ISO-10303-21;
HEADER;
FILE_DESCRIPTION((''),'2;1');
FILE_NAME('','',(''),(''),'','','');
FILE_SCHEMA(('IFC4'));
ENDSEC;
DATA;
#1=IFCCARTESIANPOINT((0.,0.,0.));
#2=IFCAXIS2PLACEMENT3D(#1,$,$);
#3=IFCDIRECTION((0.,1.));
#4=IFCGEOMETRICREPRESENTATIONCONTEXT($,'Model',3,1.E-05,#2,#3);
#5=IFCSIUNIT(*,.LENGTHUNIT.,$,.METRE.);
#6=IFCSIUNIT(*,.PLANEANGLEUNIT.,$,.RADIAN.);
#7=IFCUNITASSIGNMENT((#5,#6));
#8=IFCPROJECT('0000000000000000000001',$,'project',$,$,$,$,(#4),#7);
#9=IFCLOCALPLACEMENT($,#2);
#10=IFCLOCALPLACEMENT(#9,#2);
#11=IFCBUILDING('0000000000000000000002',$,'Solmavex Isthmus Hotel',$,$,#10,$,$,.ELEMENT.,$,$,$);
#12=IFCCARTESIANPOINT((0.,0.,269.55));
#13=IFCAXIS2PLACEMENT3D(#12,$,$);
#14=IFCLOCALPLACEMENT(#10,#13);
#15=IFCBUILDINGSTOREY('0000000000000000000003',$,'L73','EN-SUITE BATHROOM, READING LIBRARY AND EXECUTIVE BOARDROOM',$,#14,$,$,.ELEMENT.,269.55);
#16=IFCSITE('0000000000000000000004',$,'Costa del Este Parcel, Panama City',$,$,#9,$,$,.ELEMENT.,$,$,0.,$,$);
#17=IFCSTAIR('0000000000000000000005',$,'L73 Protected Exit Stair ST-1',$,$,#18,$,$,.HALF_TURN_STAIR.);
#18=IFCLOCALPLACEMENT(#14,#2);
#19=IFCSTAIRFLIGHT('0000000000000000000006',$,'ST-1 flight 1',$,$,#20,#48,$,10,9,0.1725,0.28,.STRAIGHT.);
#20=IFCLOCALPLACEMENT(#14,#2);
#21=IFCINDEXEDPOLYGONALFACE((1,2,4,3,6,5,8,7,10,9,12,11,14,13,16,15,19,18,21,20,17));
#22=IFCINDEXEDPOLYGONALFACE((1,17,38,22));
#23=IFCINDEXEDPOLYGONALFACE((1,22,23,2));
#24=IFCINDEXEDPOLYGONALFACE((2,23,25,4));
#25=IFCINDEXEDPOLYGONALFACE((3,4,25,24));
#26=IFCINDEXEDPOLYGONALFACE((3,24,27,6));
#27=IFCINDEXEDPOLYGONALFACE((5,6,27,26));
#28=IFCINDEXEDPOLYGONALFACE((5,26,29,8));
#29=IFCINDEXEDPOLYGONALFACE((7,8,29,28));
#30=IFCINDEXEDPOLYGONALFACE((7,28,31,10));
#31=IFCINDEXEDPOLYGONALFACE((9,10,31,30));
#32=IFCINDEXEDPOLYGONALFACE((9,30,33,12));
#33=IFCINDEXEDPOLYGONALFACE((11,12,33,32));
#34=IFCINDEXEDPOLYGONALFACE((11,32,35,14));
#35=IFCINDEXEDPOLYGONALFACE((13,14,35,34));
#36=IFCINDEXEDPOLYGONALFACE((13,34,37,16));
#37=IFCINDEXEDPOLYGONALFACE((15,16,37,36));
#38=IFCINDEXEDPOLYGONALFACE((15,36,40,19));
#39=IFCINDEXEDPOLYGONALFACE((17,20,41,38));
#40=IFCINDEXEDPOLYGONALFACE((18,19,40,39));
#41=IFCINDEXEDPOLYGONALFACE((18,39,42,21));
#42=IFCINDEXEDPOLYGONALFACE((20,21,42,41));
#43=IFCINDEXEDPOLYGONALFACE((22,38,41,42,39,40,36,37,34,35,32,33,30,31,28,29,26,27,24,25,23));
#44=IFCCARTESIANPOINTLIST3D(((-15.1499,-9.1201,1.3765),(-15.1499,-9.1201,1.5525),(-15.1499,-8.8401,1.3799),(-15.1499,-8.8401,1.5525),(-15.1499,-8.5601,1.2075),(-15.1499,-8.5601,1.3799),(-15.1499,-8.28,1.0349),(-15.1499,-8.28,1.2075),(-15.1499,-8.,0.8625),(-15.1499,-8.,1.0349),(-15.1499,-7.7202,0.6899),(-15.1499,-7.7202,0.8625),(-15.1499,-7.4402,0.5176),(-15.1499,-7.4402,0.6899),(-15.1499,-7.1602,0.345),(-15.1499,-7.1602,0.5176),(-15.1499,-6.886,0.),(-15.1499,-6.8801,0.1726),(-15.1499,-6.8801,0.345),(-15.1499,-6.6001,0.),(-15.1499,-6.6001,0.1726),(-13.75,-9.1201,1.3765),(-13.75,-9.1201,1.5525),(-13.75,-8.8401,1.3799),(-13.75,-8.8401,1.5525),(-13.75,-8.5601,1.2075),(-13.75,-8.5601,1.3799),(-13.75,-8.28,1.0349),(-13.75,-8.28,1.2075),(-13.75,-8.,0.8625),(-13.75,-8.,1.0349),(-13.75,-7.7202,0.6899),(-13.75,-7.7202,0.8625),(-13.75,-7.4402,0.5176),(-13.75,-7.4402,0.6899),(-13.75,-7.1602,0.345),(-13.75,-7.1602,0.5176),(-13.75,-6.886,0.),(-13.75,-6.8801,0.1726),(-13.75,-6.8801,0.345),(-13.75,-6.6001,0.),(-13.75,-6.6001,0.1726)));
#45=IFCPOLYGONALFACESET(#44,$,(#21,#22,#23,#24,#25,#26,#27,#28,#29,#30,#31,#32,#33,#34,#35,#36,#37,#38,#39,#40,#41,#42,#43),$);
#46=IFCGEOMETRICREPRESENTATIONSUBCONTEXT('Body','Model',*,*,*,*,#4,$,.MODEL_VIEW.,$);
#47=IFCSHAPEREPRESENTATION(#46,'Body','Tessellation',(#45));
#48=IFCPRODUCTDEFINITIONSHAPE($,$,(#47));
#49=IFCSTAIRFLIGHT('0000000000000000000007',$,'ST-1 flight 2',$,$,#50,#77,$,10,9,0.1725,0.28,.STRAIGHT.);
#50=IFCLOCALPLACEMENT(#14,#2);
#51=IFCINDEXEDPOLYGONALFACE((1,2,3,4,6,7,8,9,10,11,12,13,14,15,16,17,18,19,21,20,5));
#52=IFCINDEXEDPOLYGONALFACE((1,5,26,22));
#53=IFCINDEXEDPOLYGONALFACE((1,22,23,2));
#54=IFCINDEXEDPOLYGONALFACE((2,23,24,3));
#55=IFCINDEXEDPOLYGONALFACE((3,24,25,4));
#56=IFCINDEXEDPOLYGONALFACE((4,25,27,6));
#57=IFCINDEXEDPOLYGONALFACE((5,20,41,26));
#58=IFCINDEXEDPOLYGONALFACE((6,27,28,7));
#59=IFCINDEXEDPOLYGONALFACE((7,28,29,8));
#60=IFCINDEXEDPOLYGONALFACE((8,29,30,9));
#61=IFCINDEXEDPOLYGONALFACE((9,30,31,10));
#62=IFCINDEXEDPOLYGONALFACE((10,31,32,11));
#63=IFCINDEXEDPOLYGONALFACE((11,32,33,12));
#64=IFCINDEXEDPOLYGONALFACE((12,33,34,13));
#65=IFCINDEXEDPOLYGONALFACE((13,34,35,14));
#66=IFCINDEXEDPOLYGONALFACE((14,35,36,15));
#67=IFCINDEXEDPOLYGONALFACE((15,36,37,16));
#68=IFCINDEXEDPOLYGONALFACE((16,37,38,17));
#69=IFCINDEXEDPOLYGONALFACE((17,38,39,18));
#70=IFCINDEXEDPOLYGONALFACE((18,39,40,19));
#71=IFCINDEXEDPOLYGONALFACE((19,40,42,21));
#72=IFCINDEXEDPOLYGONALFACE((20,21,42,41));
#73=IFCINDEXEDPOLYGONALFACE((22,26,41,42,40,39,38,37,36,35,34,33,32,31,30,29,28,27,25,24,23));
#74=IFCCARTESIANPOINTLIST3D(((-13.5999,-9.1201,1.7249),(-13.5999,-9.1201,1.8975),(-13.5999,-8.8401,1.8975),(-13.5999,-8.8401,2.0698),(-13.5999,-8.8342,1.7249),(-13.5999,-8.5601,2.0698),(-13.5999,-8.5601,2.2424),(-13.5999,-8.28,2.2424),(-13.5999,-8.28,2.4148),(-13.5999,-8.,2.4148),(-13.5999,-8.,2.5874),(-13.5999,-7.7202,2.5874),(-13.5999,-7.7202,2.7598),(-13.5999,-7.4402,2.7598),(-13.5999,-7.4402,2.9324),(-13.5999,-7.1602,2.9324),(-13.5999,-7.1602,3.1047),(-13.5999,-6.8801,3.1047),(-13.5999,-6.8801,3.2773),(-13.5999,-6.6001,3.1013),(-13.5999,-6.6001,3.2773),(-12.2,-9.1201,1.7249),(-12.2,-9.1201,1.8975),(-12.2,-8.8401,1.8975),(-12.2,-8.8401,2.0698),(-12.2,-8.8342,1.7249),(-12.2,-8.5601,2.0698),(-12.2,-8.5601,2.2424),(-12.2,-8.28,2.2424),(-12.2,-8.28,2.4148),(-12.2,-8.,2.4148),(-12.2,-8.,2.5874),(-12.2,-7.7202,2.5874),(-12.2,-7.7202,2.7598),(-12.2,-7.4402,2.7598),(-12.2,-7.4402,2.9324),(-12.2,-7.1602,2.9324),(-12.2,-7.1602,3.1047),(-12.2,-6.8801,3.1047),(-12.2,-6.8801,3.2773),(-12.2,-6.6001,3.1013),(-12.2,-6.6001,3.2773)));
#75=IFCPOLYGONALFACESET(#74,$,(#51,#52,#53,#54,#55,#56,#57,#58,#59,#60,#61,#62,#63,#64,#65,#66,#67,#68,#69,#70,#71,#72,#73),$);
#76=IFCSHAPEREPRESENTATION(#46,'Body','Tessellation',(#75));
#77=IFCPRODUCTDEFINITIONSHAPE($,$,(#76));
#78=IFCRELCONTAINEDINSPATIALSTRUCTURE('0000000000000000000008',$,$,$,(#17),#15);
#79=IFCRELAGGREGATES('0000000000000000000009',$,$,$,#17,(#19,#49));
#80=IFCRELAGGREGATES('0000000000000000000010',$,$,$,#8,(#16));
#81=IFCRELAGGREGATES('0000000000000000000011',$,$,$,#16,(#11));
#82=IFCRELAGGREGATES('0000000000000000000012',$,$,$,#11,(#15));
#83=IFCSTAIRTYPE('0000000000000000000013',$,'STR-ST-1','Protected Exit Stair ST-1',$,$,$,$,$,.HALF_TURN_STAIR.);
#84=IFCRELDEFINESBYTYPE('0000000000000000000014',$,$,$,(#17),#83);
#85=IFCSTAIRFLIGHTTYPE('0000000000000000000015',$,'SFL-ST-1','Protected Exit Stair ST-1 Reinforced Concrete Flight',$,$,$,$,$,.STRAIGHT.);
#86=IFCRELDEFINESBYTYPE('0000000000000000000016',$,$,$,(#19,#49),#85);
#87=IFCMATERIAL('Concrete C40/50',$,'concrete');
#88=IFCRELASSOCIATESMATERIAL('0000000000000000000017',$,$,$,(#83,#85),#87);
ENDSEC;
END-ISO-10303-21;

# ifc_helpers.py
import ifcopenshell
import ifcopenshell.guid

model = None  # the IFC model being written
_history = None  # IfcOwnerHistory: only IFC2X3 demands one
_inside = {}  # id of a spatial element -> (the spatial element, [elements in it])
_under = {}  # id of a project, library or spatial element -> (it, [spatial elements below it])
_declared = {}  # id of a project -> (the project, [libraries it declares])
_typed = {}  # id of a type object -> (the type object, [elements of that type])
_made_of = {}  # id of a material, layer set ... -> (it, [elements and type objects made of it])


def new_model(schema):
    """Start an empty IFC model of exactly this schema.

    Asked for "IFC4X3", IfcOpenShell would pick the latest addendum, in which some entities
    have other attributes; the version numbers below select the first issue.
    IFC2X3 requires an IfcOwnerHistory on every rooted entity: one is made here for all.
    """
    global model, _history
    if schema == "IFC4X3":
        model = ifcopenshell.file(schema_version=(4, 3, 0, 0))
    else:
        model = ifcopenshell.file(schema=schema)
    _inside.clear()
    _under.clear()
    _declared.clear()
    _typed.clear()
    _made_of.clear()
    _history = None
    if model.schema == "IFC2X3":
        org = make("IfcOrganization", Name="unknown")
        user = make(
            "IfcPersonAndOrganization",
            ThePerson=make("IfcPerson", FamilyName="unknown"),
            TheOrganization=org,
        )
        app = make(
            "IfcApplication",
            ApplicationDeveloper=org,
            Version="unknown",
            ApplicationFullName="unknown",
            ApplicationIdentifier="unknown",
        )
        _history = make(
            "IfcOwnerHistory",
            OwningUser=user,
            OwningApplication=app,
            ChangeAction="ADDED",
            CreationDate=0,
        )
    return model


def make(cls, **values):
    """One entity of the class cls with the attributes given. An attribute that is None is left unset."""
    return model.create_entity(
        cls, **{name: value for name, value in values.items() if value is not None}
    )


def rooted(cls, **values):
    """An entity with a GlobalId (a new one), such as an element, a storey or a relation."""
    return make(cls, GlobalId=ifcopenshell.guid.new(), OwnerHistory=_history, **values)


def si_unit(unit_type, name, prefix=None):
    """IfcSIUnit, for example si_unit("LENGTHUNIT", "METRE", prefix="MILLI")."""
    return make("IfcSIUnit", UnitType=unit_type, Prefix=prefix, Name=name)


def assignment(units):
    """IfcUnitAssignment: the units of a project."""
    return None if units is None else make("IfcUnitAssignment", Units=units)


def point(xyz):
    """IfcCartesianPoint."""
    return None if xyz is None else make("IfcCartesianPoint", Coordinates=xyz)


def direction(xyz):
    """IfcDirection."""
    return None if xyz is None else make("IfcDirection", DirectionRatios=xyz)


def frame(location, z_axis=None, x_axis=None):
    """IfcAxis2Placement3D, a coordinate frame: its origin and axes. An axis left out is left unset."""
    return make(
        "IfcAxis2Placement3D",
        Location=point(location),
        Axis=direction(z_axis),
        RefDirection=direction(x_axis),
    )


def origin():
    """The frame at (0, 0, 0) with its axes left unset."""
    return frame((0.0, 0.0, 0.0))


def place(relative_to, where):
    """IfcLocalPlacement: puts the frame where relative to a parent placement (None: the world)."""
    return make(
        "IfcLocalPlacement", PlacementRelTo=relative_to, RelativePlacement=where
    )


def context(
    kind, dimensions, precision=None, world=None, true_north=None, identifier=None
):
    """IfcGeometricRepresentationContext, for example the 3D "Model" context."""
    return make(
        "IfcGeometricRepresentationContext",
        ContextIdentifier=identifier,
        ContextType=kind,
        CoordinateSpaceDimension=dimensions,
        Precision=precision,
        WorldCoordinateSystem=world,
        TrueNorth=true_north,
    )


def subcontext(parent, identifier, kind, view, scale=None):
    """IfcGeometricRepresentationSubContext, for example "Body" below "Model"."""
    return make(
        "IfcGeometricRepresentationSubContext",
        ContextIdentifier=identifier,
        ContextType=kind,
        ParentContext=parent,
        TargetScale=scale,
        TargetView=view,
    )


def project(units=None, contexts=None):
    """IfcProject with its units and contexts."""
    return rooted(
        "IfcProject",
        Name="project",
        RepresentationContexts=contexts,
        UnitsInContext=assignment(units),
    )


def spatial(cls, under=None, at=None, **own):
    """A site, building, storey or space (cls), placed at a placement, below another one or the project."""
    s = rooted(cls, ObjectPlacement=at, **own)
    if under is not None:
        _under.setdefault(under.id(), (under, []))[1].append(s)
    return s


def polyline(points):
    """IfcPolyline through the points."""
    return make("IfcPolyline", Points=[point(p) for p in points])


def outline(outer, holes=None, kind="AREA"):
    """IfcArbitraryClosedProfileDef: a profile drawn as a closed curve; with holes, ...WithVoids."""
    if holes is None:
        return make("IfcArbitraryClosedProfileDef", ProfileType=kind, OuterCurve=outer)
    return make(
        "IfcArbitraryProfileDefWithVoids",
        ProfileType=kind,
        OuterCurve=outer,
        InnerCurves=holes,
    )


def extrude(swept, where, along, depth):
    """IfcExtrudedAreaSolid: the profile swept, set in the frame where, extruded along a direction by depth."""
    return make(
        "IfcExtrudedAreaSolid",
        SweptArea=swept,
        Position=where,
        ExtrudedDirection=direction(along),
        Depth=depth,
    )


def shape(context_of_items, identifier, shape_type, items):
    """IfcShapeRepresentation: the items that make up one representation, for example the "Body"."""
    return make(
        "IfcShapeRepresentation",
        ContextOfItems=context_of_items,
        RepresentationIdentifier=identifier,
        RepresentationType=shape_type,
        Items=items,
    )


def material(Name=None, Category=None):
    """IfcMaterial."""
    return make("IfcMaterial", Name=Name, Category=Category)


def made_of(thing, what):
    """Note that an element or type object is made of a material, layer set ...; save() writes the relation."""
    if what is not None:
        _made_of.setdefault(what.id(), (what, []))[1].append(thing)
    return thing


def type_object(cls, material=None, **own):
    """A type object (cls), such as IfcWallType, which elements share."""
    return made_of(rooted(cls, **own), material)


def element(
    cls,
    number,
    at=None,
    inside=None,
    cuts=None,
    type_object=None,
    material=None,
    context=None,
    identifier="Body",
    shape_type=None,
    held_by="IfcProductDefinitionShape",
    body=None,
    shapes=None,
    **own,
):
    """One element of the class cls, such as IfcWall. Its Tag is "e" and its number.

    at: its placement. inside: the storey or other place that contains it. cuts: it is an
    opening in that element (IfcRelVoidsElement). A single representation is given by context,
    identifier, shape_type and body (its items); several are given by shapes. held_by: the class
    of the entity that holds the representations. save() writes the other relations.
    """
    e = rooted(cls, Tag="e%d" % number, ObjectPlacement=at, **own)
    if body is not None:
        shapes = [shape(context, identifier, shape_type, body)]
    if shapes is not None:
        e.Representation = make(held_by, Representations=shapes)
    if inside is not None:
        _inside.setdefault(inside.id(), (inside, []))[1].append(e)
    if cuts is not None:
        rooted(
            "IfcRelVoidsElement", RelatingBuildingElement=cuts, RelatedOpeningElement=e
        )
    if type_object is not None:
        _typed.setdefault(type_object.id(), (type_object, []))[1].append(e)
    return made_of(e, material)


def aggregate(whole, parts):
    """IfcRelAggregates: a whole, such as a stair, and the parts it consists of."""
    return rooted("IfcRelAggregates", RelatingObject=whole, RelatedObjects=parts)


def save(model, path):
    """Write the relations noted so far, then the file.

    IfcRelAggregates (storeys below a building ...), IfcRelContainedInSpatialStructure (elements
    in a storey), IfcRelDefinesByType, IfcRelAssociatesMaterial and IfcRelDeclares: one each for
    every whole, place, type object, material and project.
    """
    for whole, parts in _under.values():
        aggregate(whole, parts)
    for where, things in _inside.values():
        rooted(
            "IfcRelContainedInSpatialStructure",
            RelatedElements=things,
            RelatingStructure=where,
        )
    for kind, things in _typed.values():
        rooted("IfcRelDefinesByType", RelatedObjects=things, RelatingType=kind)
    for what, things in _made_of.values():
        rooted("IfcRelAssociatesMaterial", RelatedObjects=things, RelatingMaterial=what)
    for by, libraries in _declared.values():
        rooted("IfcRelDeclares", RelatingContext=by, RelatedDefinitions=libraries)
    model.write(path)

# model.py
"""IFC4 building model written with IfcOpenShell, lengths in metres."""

from ifc_helpers import new_model, si_unit, direction, frame, origin, place, context, subcontext, project, spatial, polyline, outline, extrude, material, type_object, element, aggregate, save


model = new_model("IFC4")

# Units and contexts
model_context = context("Model", 3, precision=1e-05, world=origin(), true_north=direction((0.0, 1.0)))
body_context = subcontext(model_context, "Body", "Model", "MODEL_VIEW")
ifc_project = project(units=[si_unit("LENGTHUNIT", "METRE"), si_unit("PLANEANGLEUNIT", "RADIAN")], contexts=[model_context])

# Site, building, storey
site_placement = place(None, origin())
site = spatial("IfcSite", under=ifc_project, at=site_placement, Name="Costa del Este Parcel, Panama City", CompositionType="ELEMENT", RefElevation=0.0)
building_placement = place(site_placement, origin())
building = spatial("IfcBuilding", under=site, at=building_placement, Name="Solmavex Isthmus Hotel", CompositionType="ELEMENT")
storey_placement = place(building_placement, frame((0.0, 0.0, 269.55)))
storey = spatial("IfcBuildingStorey", under=building, at=storey_placement, Name="L73", Description="EN-SUITE BATHROOM, READING LIBRARY AND EXECUTIVE BOARDROOM", CompositionType="ELEMENT", Elevation=269.55)

# Shared definitions
ifc_material_1 = material(Name="Concrete C40/50", Category="concrete")

# Stair, stair flights
stair_type = type_object("IfcStairType", Name="STR-ST-1", Description="Protected Exit Stair ST-1", PredefinedType="HALF_TURN_STAIR", material=ifc_material_1)
stair_placement = place(storey_placement, origin())
stair = element("IfcStair", 1, at=stair_placement, inside=storey, type_object=stair_type, Name="L73 Protected Exit Stair ST-1", PredefinedType="HALF_TURN_STAIR")
stair_flight_type = type_object("IfcStairFlightType", Name="SFL-ST-1", Description="Protected Exit Stair ST-1 Reinforced Concrete Flight", PredefinedType="STRAIGHT", material=ifc_material_1)
stair_flight_1_placement = place(storey_placement, frame((-14.45, -6.6001, 0.0), z_axis=(0.0, 0.0, 1.0), x_axis=(0.0, -1.0, 0.0)))
stair_flight_1 = element("IfcStairFlight", 2, at=stair_flight_1_placement, type_object=stair_flight_type, Name="ST-1 flight 1", NumberOfRisers=10, NumberOfTreads=9, PredefinedType="STRAIGHT", RiserHeight=0.1725, TreadLength=0.28, context=body_context, shape_type="SweptSolid", body=[
    extrude(outline(polyline([(0.0, 0.0), (0.0, 0.1726), (0.28, 0.1726), (0.28, 0.345), (0.5601, 0.345), (0.5601, 0.5176), (0.8401, 0.5176), (0.8401, 0.6899), (1.1201, 0.6899), (1.1201, 0.8625), (1.3999, 0.8625), (1.3999, 1.0349), (1.6799, 1.0349), (1.6799, 1.2075), (1.96, 1.2075), (1.96, 1.3799), (2.24, 1.3799), (2.24, 1.5525), (2.52, 1.5525), (2.52, 1.7251), (2.52, 1.3765), (0.2859, 0.0), (0.0, 0.0)])), frame((0.0, 0.7, 0.0), z_axis=(0.0, -1.0, 0.0), x_axis=(1.0, 0.0, 0.0)), (0.0, 0.0, 1.0), 1.3999),
])
stair_flight_2_placement = place(storey_placement, frame((-12.8999, -9.1201, 1.7249), z_axis=(0.0, 0.0, 1.0), x_axis=(0.0, 1.0, 0.0)))
stair_flight_2 = element("IfcStairFlight", 3, at=stair_flight_2_placement, type_object=stair_flight_type, Name="ST-1 flight 2", NumberOfRisers=10, NumberOfTreads=9, PredefinedType="STRAIGHT", RiserHeight=0.1725, TreadLength=0.28, context=body_context, shape_type="SweptSolid", body=[
    extrude(outline(polyline([(0.0, 0.0), (0.0, 0.1726), (0.28, 0.1726), (0.28, 0.345), (0.5601, 0.345), (0.5601, 0.5176), (0.8401, 0.5176), (0.8401, 0.6899), (1.1201, 0.6899), (1.1201, 0.8625), (1.3999, 0.8625), (1.3999, 1.0349), (1.6799, 1.0349), (1.6799, 1.2075), (1.96, 1.2075), (1.96, 1.3799), (2.24, 1.3799), (2.24, 1.5525), (2.52, 1.5525), (2.52, 1.7251), (2.52, 1.3765), (0.2859, 0.0), (0.0, 0.0)])), frame((0.0, 0.7, 0.0), z_axis=(0.0, -1.0, 0.0), x_axis=(1.0, 0.0, 0.0)), (0.0, 0.0, 1.0), 1.3999),
])
aggregate(stair, [stair_flight_1, stair_flight_2])

save(model, "model.ifc")
